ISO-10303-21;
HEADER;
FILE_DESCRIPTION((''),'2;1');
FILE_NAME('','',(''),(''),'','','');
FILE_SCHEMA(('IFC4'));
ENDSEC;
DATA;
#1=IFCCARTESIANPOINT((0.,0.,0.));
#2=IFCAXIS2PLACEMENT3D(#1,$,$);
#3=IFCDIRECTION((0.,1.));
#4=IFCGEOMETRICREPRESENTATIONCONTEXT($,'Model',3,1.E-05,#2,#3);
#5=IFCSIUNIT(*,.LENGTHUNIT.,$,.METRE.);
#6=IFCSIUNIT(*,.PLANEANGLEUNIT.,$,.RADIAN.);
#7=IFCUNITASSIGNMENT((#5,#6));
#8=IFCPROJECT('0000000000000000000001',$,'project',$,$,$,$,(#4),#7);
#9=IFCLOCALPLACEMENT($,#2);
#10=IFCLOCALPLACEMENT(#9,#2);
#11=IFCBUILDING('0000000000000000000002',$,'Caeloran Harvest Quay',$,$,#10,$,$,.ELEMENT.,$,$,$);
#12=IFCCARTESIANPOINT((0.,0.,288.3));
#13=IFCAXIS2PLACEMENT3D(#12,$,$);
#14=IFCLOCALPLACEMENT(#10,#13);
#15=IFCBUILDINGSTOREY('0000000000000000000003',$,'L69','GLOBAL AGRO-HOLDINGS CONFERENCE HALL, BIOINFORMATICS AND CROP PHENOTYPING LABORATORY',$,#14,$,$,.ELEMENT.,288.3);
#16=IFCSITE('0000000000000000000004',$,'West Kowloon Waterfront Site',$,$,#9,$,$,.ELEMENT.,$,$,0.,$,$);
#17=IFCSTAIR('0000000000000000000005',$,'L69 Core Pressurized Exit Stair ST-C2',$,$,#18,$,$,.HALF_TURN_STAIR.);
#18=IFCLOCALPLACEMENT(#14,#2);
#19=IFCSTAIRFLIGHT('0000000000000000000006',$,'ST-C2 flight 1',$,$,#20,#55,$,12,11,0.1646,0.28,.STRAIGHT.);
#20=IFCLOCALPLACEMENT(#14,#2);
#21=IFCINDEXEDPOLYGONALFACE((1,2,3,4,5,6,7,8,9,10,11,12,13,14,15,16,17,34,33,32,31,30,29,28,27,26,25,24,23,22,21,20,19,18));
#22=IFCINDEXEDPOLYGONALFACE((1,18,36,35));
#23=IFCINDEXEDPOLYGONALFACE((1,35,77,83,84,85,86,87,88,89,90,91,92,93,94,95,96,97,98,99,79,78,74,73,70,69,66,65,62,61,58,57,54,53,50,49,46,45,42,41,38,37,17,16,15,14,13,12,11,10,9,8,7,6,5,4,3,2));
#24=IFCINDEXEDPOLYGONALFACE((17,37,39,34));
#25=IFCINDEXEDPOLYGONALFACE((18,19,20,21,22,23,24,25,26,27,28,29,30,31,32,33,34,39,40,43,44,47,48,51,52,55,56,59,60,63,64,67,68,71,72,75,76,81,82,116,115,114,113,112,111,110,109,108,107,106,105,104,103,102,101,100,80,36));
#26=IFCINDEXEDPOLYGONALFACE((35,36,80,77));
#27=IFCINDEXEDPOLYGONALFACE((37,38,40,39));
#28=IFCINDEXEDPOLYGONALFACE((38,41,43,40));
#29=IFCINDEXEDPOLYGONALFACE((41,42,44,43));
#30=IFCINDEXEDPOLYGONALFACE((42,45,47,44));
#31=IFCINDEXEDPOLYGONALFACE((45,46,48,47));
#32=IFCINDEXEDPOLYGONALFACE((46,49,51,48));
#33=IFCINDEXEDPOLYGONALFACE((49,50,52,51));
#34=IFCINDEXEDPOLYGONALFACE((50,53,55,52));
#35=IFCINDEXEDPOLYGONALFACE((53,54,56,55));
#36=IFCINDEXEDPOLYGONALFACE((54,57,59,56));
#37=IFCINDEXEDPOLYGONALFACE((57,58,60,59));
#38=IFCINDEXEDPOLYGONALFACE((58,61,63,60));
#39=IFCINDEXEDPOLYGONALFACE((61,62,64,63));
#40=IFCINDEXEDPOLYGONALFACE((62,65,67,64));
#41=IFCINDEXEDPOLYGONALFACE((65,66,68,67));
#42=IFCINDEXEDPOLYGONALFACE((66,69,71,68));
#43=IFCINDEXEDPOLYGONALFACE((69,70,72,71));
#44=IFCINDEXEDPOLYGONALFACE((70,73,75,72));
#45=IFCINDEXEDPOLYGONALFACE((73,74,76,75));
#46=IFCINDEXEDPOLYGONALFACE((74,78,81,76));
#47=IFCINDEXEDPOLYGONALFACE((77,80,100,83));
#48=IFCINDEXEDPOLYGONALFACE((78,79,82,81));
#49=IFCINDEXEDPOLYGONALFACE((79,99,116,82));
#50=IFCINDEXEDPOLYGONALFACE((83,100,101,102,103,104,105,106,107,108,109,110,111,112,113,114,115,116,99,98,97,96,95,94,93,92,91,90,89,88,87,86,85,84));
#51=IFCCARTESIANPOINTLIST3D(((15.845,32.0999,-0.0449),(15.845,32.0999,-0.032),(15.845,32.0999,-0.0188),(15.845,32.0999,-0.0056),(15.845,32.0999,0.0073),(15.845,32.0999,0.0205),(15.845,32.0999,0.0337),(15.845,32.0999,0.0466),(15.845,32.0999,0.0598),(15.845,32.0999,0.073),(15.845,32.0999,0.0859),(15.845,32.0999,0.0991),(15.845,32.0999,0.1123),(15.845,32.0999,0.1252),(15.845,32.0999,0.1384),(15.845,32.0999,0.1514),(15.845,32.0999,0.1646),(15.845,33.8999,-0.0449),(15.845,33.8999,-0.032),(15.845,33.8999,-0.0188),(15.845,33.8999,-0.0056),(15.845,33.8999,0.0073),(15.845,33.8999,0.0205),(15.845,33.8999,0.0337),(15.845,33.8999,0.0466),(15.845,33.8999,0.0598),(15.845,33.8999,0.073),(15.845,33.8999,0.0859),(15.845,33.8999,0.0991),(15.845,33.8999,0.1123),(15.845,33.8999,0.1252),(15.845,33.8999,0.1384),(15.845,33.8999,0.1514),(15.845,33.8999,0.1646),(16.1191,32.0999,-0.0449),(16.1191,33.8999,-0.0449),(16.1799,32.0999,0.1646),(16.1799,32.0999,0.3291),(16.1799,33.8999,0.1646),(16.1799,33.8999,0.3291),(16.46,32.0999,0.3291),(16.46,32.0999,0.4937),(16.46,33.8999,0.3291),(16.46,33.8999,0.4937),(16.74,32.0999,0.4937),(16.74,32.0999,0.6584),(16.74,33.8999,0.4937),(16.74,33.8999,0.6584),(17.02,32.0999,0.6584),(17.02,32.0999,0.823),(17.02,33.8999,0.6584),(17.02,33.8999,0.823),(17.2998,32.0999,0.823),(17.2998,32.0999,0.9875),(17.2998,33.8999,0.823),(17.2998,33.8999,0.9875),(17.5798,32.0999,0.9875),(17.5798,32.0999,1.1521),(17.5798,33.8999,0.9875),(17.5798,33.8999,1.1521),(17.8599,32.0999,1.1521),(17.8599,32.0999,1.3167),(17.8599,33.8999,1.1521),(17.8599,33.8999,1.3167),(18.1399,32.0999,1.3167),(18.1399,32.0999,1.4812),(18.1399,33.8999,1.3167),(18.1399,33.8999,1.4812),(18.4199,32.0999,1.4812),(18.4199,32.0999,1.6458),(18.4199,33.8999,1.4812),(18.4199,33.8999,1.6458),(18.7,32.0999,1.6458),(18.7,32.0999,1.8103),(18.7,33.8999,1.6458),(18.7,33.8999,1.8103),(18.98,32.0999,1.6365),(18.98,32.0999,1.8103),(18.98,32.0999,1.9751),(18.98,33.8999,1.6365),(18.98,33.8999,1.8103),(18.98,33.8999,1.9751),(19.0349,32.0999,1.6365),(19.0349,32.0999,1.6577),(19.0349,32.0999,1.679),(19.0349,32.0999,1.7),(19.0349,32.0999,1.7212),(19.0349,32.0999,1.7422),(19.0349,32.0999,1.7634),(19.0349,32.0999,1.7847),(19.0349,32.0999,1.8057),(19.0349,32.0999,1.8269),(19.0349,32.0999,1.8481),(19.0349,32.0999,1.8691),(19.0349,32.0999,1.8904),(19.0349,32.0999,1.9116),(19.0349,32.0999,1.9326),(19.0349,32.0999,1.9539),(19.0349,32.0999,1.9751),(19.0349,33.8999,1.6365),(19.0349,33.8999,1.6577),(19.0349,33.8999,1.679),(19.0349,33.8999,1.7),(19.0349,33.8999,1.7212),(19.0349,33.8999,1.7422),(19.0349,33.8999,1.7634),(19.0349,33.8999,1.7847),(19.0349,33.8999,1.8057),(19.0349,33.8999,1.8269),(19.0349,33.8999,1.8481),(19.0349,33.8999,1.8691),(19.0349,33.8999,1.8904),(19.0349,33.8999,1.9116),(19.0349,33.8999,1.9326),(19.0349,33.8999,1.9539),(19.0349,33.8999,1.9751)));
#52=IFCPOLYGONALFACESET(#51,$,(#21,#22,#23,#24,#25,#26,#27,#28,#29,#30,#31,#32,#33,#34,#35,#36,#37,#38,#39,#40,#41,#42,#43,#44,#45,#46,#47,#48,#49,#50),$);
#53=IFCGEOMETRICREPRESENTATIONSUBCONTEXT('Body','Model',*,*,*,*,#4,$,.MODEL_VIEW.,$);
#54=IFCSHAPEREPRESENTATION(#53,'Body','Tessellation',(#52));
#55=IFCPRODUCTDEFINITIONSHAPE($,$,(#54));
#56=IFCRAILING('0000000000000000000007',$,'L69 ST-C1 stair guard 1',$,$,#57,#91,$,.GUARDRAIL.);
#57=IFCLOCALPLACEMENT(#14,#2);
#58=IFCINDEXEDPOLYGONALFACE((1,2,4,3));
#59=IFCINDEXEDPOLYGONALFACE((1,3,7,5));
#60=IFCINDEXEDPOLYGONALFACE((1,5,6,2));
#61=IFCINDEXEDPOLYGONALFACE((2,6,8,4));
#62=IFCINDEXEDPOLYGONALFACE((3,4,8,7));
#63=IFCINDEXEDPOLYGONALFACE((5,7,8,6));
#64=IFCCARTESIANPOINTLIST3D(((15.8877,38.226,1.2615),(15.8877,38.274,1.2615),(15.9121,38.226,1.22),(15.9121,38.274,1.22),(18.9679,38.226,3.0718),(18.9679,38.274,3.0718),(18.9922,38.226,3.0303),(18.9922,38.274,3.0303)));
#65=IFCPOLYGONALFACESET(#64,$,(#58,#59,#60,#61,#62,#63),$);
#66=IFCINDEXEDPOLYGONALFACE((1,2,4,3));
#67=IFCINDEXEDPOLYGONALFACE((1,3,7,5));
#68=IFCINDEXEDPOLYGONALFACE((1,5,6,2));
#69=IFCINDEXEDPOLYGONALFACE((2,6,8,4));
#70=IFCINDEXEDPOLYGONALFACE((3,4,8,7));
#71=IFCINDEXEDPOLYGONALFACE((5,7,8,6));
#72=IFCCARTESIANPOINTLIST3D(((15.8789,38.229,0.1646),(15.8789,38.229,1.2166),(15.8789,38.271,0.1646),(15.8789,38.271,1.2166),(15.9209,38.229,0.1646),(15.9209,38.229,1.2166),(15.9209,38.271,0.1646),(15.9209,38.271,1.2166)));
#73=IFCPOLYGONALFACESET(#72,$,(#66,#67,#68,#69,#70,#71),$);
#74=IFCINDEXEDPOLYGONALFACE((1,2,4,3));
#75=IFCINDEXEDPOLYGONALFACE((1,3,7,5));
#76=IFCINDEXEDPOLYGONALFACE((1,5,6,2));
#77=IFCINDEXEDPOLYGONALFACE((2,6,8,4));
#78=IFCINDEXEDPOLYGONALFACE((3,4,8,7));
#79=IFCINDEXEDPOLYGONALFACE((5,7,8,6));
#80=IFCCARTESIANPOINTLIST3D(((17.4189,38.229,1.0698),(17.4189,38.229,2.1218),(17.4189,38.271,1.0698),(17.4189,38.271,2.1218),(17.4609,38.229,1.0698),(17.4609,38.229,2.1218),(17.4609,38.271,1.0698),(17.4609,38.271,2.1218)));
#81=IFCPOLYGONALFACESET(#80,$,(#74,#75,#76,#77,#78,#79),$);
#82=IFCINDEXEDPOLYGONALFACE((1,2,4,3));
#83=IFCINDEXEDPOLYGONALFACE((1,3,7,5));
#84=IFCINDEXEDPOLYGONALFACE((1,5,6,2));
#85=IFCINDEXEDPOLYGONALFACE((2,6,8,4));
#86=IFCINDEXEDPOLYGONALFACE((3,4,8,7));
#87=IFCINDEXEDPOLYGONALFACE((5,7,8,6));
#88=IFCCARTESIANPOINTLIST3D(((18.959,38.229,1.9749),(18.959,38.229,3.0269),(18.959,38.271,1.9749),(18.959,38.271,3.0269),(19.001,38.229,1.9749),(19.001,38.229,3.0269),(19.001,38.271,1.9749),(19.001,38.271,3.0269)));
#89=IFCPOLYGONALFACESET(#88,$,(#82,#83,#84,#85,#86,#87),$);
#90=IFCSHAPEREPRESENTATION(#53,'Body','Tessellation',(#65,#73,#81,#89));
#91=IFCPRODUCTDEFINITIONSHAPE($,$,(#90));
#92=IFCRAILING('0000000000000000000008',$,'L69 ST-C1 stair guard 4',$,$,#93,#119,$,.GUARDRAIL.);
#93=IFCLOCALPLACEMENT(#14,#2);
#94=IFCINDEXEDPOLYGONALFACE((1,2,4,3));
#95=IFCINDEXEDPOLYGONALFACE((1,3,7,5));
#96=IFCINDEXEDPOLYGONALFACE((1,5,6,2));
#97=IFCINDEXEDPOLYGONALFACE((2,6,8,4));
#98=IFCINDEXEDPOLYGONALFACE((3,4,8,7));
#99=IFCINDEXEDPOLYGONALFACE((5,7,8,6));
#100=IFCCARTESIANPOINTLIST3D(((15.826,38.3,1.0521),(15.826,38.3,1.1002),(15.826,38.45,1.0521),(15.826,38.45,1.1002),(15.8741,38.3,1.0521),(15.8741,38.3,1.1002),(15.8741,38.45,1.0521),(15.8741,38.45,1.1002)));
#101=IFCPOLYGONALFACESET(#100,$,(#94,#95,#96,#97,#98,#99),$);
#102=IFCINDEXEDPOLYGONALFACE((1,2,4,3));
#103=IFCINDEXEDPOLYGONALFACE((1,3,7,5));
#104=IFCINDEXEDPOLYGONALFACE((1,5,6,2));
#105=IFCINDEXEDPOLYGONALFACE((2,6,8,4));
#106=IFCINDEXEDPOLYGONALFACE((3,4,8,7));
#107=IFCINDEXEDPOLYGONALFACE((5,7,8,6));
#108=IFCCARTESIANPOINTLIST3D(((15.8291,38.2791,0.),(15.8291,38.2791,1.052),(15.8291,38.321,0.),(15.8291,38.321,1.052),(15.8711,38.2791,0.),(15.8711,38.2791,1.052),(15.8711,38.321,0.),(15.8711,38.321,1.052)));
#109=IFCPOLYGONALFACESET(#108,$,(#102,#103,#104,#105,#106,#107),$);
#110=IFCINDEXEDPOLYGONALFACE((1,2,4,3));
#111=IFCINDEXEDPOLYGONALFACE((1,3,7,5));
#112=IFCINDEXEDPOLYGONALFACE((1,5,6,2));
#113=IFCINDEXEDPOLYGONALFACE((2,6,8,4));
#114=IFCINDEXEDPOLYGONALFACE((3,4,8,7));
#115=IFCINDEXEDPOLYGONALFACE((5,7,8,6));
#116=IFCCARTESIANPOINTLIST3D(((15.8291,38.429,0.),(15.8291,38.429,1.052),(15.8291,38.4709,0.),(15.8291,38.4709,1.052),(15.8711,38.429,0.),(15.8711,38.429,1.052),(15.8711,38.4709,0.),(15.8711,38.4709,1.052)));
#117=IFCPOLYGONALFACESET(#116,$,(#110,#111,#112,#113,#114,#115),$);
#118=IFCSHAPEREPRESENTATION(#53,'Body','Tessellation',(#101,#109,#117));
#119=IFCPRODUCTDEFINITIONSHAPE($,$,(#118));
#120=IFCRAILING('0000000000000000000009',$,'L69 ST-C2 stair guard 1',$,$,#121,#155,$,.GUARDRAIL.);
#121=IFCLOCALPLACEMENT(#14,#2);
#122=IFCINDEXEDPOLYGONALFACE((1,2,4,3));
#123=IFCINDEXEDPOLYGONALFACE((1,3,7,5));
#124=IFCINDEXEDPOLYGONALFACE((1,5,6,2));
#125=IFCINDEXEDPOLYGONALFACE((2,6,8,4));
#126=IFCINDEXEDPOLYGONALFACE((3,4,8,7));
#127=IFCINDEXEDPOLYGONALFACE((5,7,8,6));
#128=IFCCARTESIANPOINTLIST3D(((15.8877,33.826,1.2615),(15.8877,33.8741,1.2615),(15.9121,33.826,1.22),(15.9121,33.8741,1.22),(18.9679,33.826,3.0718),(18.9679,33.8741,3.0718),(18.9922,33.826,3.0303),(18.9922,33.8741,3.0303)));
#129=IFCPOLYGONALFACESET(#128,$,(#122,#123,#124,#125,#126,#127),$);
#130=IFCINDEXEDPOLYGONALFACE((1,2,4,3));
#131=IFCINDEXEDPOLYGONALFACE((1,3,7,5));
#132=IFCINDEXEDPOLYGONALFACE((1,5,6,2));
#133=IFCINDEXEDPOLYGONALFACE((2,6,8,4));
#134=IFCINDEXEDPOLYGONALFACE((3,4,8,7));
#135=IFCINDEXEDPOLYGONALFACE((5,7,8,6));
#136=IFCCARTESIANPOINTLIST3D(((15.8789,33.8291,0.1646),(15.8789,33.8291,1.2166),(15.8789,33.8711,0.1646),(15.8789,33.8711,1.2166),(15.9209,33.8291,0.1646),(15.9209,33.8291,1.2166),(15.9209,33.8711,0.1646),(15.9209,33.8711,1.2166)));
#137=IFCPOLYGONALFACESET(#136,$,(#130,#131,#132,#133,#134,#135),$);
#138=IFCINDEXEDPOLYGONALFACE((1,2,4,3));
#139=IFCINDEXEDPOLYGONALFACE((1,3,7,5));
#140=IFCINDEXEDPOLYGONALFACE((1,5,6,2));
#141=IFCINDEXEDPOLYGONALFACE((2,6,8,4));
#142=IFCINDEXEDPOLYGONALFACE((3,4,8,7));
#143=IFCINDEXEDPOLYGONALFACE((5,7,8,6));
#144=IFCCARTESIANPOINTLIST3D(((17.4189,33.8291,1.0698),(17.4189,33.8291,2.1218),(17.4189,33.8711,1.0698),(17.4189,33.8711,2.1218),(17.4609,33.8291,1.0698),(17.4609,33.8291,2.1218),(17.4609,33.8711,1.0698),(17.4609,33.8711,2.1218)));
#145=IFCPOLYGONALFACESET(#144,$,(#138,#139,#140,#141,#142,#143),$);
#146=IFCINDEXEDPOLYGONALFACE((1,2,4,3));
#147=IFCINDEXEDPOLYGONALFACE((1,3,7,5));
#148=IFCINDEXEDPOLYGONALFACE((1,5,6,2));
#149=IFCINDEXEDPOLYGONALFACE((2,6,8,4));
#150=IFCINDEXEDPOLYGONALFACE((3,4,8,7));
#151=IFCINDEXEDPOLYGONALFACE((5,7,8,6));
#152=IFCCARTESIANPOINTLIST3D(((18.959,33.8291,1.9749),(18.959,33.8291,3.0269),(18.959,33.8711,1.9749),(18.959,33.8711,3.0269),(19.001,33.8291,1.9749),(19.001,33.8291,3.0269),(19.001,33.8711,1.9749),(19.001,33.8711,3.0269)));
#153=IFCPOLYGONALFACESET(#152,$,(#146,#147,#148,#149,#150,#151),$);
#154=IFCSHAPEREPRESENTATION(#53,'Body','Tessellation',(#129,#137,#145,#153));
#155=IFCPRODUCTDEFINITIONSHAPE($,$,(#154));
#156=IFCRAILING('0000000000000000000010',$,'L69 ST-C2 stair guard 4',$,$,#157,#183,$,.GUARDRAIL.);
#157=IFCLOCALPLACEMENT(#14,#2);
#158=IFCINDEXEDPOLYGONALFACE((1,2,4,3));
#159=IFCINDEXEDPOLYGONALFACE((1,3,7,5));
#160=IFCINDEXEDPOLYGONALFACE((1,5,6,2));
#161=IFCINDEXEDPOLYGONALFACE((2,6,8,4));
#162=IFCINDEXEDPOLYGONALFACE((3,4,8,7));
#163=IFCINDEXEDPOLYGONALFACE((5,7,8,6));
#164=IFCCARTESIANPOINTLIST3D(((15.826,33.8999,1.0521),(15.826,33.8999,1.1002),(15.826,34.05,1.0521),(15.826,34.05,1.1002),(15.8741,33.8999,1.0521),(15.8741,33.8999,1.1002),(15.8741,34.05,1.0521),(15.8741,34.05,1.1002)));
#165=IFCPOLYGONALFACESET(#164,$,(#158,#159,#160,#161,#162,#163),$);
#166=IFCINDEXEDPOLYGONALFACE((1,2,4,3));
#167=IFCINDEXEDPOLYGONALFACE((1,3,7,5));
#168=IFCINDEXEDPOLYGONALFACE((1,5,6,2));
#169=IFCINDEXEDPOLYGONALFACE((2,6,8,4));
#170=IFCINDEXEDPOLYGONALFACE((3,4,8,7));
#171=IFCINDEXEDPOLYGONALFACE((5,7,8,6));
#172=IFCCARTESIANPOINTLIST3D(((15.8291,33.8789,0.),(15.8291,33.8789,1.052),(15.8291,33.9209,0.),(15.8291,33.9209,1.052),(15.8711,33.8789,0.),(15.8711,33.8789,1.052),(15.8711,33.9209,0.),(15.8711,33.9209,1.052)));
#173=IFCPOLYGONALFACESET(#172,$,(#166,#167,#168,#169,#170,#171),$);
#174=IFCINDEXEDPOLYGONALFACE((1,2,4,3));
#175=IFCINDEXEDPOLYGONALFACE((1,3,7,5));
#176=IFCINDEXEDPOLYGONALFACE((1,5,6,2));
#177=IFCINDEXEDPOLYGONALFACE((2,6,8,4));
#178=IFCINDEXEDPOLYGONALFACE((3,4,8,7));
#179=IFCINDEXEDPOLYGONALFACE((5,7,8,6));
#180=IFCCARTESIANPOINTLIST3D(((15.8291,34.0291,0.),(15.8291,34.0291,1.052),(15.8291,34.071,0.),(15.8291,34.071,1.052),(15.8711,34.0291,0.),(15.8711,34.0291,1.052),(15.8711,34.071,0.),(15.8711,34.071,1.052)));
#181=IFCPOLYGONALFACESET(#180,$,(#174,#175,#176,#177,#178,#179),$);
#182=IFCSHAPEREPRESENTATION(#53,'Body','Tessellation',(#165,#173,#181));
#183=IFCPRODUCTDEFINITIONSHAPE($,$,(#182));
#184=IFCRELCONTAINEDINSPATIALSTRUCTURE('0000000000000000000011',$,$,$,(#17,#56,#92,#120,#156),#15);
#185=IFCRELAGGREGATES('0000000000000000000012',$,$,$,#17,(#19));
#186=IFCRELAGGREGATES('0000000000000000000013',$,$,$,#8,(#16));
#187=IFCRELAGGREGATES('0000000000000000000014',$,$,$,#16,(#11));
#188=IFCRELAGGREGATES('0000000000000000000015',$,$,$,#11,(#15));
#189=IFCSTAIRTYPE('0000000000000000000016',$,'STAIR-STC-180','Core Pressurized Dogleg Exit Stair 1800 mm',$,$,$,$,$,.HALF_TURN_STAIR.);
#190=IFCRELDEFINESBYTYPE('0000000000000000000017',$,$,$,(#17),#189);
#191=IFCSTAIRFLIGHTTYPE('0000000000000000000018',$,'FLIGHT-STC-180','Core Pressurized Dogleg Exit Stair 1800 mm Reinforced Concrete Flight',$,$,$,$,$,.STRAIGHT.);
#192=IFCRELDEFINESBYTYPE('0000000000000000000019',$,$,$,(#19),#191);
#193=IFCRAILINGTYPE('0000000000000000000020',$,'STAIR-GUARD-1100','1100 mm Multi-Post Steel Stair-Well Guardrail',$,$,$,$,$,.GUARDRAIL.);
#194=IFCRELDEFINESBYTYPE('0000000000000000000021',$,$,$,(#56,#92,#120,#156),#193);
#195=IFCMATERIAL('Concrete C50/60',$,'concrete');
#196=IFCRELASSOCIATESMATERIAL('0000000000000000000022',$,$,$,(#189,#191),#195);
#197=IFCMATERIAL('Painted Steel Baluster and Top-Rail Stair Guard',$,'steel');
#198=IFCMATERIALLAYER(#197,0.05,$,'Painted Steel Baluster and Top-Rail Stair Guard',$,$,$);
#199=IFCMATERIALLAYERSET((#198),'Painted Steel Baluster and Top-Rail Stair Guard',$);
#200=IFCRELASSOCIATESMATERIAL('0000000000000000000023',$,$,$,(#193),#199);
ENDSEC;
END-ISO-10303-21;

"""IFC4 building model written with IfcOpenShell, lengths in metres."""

from ifc_helpers import new_model, si_unit, direction, frame, origin, origin_2d, place, context, subcontext, project, spatial, polyline, rectangle, outline, extrude, material, layer, layer_set, type_object, element, aggregate, save


model = new_model("IFC4")

# Units and contexts
model_context = context("Model", 3, precision=1e-05, world=origin(), true_north=direction((0.0, 1.0)))
body_context = subcontext(model_context, "Body", "Model", "MODEL_VIEW")
ifc_project = project(units=[si_unit("LENGTHUNIT", "METRE"), si_unit("PLANEANGLEUNIT", "RADIAN")], contexts=[model_context])

# Site, building, storey
site_placement = place(None, origin())
site = spatial("IfcSite", under=ifc_project, at=site_placement, Name="West Kowloon Waterfront Site", CompositionType="ELEMENT", RefElevation=0.0)
building_placement = place(site_placement, origin())
building = spatial("IfcBuilding", under=site, at=building_placement, Name="Caeloran Harvest Quay", CompositionType="ELEMENT")
storey_placement = place(building_placement, frame((0.0, 0.0, 288.3)))
storey = spatial("IfcBuildingStorey", under=building, at=storey_placement, Name="L69", Description="GLOBAL AGRO-HOLDINGS CONFERENCE HALL, BIOINFORMATICS AND CROP PHENOTYPING LABORATORY", CompositionType="ELEMENT", Elevation=288.3)

# Stair, stair flight
ifc_material_1 = material(Name="Concrete C50/60", Category="concrete")
stair_type = type_object("IfcStairType", Name="STAIR-STC-180", Description="Core Pressurized Dogleg Exit Stair 1800 mm", PredefinedType="HALF_TURN_STAIR", material=ifc_material_1)
stair_flight_type = type_object("IfcStairFlightType", Name="FLIGHT-STC-180", Description="Core Pressurized Dogleg Exit Stair 1800 mm Reinforced Concrete Flight", PredefinedType="STRAIGHT", material=ifc_material_1)
stair_1_placement = place(storey_placement, origin())
stair_1 = element("IfcStair", 1, at=stair_1_placement, inside=storey, type_object=stair_type, Name="L69 Core Pressurized Exit Stair ST-C2", PredefinedType="HALF_TURN_STAIR")
stair_flight_1_placement = place(storey_placement, frame((15.8999, 33.0, 0.0), z_axis=(0.0, 0.0, 1.0), x_axis=(1.0, 0.0, 0.0)))
stair_flight_1 = element("IfcStairFlight", 2, at=stair_flight_1_placement, type_object=stair_flight_type, Name="ST-C2 flight 1", NumberOfRisers=12, NumberOfTreads=11, PredefinedType="STRAIGHT", RiserHeight=0.1646, TreadLength=0.28, context=body_context, shape_type="SweptSolid", body=[
    extrude(outline(polyline([(-0.0549, -0.0449), (-0.0549, -0.032), (-0.0549, -0.0188), (-0.0549, -0.0056), (-0.0549, 0.0073), (-0.0549, 0.0205), (-0.0549, 0.0337), (-0.0549, 0.0466), (-0.0549, 0.0598), (-0.0549, 0.073), (-0.0549, 0.0859), (-0.0549, 0.0991), (-0.0549, 0.1123), (-0.0549, 0.1252), (-0.0549, 0.1384), (-0.0549, 0.1514), (-0.0549, 0.1646), (0.28, 0.1646), (0.28, 0.3291), (0.5601, 0.3291), (0.5601, 0.4937), (0.8401, 0.4937), (0.8401, 0.6584), (1.1201, 0.6584), (1.1201, 0.823), (1.3999, 0.823), (1.3999, 0.9875), (1.6799, 0.9875), (1.6799, 1.1521), (1.96, 1.1521), (1.96, 1.3167), (2.24, 1.3167), (2.24, 1.4812), (2.52, 1.4812), (2.52, 1.6458), (2.8, 1.6458), (2.8, 1.8103), (3.0801, 1.8103), (3.0801, 1.9751), (3.135, 1.9751), (3.135, 1.9539), (3.135, 1.9326), (3.135, 1.9116), (3.135, 1.8904), (3.135, 1.8691), (3.135, 1.8481), (3.135, 1.8269), (3.135, 1.8057), (3.135, 1.7847), (3.135, 1.7634), (3.135, 1.7422), (3.135, 1.7212), (3.135, 1.7), (3.135, 1.679), (3.135, 1.6577), (3.135, 1.6365), (3.0801, 1.6365), (0.2192, -0.0449), (-0.0549, -0.0449)])), frame((0.0, 0.8999, 0.0), z_axis=(0.0, -1.0, 0.0), x_axis=(1.0, 0.0, 0.0)), (0.0, 0.0, 1.0), 1.8),
])
aggregate(stair_1, [stair_flight_1])

# Railings
ifc_material_2 = material(Name="Painted Steel Baluster and Top-Rail Stair Guard", Category="steel")
ifc_layer_1 = layer(ifc_material_2, 0.05, Name="Painted Steel Baluster and Top-Rail Stair Guard")
ifc_layer_set_1 = layer_set([ifc_layer_1], Name="Painted Steel Baluster and Top-Rail Stair Guard")
railing_type_1 = type_object("IfcRailingType", Name="STAIR-GUARD-1100", Description="1100 mm Multi-Post Steel Stair-Well Guardrail", PredefinedType="GUARDRAIL", material=ifc_layer_set_1)
railing_1_placement = place(storey_placement, frame((15.8999, 38.25, 0.1646)))
element("IfcRailing", 3, at=railing_1_placement, inside=storey, type_object=railing_type_1, Name="L69 ST-C1 stair guard 1", PredefinedType="GUARDRAIL", context=body_context, shape_type="SweptSolid", body=[
    extrude(rectangle(XDim=0.0481, YDim=0.0481, at=origin_2d()), frame((0.0, 0.0, 1.0762), z_axis=(0.862119, 0.0, 0.506707), x_axis=(0.0, 1.0, 0.0)), (0.0, 0.0, 1.0), 3.5728),
    extrude(rectangle(XDim=0.042, YDim=0.042, at=origin_2d()), origin(), (0.0, 0.0, 1.0), 1.052),
    extrude(rectangle(XDim=0.042, YDim=0.042, at=origin_2d()), frame((1.54, 0.0, 0.9053)), (0.0, 0.0, 1.0), 1.052),
    extrude(rectangle(XDim=0.042, YDim=0.042, at=origin_2d()), frame((3.0801, 0.0, 1.8103)), (0.0, 0.0, 1.0), 1.052),
])
railing_2_placement = place(storey_placement, frame((15.8501, 38.3, 0.0)))
element("IfcRailing", 4, at=railing_2_placement, inside=storey, type_object=railing_type_1, Name="L69 ST-C1 stair guard 4", PredefinedType="GUARDRAIL", context=body_context, shape_type="SweptSolid", body=[
    extrude(rectangle(XDim=0.0481, YDim=0.0481, at=origin_2d()), frame((0.0, 0.0, 1.0762), z_axis=(0.0, 1.0, 0.0), x_axis=(-1.0, 0.0, 0.0)), (0.0, 0.0, 1.0), 0.1499),
    extrude(rectangle(XDim=0.042, YDim=0.042, at=origin_2d()), origin(), (0.0, 0.0, 1.0), 1.052),
    extrude(rectangle(XDim=0.042, YDim=0.042, at=origin_2d()), frame((0.0, 0.1499, 0.0)), (0.0, 0.0, 1.0), 1.052),
])
railing_3_placement = place(storey_placement, frame((15.8999, 33.8501, 0.1646)))
element("IfcRailing", 5, at=railing_3_placement, inside=storey, type_object=railing_type_1, Name="L69 ST-C2 stair guard 1", PredefinedType="GUARDRAIL", context=body_context, shape_type="SweptSolid", body=[
    extrude(rectangle(XDim=0.0481, YDim=0.0481, at=origin_2d()), frame((0.0, 0.0, 1.0762), z_axis=(0.862119, 0.0, 0.506707), x_axis=(0.0, 1.0, 0.0)), (0.0, 0.0, 1.0), 3.5728),
    extrude(rectangle(XDim=0.042, YDim=0.042, at=origin_2d()), origin(), (0.0, 0.0, 1.0), 1.052),
    extrude(rectangle(XDim=0.042, YDim=0.042, at=origin_2d()), frame((1.54, 0.0, 0.9053)), (0.0, 0.0, 1.0), 1.052),
    extrude(rectangle(XDim=0.042, YDim=0.042, at=origin_2d()), frame((3.0801, 0.0, 1.8103)), (0.0, 0.0, 1.0), 1.052),
])
railing_4_placement = place(storey_placement, frame((15.8501, 33.8999, 0.0)))
element("IfcRailing", 6, at=railing_4_placement, inside=storey, type_object=railing_type_1, Name="L69 ST-C2 stair guard 4", PredefinedType="GUARDRAIL", context=body_context, shape_type="SweptSolid", body=[
    extrude(rectangle(XDim=0.0481, YDim=0.0481, at=origin_2d()), frame((0.0, 0.0, 1.0762), z_axis=(0.0, 1.0, 0.0), x_axis=(-1.0, 0.0, 0.0)), (0.0, 0.0, 1.0), 0.1501),
    extrude(rectangle(XDim=0.042, YDim=0.042, at=origin_2d()), origin(), (0.0, 0.0, 1.0), 1.052),
    extrude(rectangle(XDim=0.042, YDim=0.042, at=origin_2d()), frame((0.0, 0.1501, 0.0)), (0.0, 0.0, 1.0), 1.052),
])

save(model, "model.ifc")
